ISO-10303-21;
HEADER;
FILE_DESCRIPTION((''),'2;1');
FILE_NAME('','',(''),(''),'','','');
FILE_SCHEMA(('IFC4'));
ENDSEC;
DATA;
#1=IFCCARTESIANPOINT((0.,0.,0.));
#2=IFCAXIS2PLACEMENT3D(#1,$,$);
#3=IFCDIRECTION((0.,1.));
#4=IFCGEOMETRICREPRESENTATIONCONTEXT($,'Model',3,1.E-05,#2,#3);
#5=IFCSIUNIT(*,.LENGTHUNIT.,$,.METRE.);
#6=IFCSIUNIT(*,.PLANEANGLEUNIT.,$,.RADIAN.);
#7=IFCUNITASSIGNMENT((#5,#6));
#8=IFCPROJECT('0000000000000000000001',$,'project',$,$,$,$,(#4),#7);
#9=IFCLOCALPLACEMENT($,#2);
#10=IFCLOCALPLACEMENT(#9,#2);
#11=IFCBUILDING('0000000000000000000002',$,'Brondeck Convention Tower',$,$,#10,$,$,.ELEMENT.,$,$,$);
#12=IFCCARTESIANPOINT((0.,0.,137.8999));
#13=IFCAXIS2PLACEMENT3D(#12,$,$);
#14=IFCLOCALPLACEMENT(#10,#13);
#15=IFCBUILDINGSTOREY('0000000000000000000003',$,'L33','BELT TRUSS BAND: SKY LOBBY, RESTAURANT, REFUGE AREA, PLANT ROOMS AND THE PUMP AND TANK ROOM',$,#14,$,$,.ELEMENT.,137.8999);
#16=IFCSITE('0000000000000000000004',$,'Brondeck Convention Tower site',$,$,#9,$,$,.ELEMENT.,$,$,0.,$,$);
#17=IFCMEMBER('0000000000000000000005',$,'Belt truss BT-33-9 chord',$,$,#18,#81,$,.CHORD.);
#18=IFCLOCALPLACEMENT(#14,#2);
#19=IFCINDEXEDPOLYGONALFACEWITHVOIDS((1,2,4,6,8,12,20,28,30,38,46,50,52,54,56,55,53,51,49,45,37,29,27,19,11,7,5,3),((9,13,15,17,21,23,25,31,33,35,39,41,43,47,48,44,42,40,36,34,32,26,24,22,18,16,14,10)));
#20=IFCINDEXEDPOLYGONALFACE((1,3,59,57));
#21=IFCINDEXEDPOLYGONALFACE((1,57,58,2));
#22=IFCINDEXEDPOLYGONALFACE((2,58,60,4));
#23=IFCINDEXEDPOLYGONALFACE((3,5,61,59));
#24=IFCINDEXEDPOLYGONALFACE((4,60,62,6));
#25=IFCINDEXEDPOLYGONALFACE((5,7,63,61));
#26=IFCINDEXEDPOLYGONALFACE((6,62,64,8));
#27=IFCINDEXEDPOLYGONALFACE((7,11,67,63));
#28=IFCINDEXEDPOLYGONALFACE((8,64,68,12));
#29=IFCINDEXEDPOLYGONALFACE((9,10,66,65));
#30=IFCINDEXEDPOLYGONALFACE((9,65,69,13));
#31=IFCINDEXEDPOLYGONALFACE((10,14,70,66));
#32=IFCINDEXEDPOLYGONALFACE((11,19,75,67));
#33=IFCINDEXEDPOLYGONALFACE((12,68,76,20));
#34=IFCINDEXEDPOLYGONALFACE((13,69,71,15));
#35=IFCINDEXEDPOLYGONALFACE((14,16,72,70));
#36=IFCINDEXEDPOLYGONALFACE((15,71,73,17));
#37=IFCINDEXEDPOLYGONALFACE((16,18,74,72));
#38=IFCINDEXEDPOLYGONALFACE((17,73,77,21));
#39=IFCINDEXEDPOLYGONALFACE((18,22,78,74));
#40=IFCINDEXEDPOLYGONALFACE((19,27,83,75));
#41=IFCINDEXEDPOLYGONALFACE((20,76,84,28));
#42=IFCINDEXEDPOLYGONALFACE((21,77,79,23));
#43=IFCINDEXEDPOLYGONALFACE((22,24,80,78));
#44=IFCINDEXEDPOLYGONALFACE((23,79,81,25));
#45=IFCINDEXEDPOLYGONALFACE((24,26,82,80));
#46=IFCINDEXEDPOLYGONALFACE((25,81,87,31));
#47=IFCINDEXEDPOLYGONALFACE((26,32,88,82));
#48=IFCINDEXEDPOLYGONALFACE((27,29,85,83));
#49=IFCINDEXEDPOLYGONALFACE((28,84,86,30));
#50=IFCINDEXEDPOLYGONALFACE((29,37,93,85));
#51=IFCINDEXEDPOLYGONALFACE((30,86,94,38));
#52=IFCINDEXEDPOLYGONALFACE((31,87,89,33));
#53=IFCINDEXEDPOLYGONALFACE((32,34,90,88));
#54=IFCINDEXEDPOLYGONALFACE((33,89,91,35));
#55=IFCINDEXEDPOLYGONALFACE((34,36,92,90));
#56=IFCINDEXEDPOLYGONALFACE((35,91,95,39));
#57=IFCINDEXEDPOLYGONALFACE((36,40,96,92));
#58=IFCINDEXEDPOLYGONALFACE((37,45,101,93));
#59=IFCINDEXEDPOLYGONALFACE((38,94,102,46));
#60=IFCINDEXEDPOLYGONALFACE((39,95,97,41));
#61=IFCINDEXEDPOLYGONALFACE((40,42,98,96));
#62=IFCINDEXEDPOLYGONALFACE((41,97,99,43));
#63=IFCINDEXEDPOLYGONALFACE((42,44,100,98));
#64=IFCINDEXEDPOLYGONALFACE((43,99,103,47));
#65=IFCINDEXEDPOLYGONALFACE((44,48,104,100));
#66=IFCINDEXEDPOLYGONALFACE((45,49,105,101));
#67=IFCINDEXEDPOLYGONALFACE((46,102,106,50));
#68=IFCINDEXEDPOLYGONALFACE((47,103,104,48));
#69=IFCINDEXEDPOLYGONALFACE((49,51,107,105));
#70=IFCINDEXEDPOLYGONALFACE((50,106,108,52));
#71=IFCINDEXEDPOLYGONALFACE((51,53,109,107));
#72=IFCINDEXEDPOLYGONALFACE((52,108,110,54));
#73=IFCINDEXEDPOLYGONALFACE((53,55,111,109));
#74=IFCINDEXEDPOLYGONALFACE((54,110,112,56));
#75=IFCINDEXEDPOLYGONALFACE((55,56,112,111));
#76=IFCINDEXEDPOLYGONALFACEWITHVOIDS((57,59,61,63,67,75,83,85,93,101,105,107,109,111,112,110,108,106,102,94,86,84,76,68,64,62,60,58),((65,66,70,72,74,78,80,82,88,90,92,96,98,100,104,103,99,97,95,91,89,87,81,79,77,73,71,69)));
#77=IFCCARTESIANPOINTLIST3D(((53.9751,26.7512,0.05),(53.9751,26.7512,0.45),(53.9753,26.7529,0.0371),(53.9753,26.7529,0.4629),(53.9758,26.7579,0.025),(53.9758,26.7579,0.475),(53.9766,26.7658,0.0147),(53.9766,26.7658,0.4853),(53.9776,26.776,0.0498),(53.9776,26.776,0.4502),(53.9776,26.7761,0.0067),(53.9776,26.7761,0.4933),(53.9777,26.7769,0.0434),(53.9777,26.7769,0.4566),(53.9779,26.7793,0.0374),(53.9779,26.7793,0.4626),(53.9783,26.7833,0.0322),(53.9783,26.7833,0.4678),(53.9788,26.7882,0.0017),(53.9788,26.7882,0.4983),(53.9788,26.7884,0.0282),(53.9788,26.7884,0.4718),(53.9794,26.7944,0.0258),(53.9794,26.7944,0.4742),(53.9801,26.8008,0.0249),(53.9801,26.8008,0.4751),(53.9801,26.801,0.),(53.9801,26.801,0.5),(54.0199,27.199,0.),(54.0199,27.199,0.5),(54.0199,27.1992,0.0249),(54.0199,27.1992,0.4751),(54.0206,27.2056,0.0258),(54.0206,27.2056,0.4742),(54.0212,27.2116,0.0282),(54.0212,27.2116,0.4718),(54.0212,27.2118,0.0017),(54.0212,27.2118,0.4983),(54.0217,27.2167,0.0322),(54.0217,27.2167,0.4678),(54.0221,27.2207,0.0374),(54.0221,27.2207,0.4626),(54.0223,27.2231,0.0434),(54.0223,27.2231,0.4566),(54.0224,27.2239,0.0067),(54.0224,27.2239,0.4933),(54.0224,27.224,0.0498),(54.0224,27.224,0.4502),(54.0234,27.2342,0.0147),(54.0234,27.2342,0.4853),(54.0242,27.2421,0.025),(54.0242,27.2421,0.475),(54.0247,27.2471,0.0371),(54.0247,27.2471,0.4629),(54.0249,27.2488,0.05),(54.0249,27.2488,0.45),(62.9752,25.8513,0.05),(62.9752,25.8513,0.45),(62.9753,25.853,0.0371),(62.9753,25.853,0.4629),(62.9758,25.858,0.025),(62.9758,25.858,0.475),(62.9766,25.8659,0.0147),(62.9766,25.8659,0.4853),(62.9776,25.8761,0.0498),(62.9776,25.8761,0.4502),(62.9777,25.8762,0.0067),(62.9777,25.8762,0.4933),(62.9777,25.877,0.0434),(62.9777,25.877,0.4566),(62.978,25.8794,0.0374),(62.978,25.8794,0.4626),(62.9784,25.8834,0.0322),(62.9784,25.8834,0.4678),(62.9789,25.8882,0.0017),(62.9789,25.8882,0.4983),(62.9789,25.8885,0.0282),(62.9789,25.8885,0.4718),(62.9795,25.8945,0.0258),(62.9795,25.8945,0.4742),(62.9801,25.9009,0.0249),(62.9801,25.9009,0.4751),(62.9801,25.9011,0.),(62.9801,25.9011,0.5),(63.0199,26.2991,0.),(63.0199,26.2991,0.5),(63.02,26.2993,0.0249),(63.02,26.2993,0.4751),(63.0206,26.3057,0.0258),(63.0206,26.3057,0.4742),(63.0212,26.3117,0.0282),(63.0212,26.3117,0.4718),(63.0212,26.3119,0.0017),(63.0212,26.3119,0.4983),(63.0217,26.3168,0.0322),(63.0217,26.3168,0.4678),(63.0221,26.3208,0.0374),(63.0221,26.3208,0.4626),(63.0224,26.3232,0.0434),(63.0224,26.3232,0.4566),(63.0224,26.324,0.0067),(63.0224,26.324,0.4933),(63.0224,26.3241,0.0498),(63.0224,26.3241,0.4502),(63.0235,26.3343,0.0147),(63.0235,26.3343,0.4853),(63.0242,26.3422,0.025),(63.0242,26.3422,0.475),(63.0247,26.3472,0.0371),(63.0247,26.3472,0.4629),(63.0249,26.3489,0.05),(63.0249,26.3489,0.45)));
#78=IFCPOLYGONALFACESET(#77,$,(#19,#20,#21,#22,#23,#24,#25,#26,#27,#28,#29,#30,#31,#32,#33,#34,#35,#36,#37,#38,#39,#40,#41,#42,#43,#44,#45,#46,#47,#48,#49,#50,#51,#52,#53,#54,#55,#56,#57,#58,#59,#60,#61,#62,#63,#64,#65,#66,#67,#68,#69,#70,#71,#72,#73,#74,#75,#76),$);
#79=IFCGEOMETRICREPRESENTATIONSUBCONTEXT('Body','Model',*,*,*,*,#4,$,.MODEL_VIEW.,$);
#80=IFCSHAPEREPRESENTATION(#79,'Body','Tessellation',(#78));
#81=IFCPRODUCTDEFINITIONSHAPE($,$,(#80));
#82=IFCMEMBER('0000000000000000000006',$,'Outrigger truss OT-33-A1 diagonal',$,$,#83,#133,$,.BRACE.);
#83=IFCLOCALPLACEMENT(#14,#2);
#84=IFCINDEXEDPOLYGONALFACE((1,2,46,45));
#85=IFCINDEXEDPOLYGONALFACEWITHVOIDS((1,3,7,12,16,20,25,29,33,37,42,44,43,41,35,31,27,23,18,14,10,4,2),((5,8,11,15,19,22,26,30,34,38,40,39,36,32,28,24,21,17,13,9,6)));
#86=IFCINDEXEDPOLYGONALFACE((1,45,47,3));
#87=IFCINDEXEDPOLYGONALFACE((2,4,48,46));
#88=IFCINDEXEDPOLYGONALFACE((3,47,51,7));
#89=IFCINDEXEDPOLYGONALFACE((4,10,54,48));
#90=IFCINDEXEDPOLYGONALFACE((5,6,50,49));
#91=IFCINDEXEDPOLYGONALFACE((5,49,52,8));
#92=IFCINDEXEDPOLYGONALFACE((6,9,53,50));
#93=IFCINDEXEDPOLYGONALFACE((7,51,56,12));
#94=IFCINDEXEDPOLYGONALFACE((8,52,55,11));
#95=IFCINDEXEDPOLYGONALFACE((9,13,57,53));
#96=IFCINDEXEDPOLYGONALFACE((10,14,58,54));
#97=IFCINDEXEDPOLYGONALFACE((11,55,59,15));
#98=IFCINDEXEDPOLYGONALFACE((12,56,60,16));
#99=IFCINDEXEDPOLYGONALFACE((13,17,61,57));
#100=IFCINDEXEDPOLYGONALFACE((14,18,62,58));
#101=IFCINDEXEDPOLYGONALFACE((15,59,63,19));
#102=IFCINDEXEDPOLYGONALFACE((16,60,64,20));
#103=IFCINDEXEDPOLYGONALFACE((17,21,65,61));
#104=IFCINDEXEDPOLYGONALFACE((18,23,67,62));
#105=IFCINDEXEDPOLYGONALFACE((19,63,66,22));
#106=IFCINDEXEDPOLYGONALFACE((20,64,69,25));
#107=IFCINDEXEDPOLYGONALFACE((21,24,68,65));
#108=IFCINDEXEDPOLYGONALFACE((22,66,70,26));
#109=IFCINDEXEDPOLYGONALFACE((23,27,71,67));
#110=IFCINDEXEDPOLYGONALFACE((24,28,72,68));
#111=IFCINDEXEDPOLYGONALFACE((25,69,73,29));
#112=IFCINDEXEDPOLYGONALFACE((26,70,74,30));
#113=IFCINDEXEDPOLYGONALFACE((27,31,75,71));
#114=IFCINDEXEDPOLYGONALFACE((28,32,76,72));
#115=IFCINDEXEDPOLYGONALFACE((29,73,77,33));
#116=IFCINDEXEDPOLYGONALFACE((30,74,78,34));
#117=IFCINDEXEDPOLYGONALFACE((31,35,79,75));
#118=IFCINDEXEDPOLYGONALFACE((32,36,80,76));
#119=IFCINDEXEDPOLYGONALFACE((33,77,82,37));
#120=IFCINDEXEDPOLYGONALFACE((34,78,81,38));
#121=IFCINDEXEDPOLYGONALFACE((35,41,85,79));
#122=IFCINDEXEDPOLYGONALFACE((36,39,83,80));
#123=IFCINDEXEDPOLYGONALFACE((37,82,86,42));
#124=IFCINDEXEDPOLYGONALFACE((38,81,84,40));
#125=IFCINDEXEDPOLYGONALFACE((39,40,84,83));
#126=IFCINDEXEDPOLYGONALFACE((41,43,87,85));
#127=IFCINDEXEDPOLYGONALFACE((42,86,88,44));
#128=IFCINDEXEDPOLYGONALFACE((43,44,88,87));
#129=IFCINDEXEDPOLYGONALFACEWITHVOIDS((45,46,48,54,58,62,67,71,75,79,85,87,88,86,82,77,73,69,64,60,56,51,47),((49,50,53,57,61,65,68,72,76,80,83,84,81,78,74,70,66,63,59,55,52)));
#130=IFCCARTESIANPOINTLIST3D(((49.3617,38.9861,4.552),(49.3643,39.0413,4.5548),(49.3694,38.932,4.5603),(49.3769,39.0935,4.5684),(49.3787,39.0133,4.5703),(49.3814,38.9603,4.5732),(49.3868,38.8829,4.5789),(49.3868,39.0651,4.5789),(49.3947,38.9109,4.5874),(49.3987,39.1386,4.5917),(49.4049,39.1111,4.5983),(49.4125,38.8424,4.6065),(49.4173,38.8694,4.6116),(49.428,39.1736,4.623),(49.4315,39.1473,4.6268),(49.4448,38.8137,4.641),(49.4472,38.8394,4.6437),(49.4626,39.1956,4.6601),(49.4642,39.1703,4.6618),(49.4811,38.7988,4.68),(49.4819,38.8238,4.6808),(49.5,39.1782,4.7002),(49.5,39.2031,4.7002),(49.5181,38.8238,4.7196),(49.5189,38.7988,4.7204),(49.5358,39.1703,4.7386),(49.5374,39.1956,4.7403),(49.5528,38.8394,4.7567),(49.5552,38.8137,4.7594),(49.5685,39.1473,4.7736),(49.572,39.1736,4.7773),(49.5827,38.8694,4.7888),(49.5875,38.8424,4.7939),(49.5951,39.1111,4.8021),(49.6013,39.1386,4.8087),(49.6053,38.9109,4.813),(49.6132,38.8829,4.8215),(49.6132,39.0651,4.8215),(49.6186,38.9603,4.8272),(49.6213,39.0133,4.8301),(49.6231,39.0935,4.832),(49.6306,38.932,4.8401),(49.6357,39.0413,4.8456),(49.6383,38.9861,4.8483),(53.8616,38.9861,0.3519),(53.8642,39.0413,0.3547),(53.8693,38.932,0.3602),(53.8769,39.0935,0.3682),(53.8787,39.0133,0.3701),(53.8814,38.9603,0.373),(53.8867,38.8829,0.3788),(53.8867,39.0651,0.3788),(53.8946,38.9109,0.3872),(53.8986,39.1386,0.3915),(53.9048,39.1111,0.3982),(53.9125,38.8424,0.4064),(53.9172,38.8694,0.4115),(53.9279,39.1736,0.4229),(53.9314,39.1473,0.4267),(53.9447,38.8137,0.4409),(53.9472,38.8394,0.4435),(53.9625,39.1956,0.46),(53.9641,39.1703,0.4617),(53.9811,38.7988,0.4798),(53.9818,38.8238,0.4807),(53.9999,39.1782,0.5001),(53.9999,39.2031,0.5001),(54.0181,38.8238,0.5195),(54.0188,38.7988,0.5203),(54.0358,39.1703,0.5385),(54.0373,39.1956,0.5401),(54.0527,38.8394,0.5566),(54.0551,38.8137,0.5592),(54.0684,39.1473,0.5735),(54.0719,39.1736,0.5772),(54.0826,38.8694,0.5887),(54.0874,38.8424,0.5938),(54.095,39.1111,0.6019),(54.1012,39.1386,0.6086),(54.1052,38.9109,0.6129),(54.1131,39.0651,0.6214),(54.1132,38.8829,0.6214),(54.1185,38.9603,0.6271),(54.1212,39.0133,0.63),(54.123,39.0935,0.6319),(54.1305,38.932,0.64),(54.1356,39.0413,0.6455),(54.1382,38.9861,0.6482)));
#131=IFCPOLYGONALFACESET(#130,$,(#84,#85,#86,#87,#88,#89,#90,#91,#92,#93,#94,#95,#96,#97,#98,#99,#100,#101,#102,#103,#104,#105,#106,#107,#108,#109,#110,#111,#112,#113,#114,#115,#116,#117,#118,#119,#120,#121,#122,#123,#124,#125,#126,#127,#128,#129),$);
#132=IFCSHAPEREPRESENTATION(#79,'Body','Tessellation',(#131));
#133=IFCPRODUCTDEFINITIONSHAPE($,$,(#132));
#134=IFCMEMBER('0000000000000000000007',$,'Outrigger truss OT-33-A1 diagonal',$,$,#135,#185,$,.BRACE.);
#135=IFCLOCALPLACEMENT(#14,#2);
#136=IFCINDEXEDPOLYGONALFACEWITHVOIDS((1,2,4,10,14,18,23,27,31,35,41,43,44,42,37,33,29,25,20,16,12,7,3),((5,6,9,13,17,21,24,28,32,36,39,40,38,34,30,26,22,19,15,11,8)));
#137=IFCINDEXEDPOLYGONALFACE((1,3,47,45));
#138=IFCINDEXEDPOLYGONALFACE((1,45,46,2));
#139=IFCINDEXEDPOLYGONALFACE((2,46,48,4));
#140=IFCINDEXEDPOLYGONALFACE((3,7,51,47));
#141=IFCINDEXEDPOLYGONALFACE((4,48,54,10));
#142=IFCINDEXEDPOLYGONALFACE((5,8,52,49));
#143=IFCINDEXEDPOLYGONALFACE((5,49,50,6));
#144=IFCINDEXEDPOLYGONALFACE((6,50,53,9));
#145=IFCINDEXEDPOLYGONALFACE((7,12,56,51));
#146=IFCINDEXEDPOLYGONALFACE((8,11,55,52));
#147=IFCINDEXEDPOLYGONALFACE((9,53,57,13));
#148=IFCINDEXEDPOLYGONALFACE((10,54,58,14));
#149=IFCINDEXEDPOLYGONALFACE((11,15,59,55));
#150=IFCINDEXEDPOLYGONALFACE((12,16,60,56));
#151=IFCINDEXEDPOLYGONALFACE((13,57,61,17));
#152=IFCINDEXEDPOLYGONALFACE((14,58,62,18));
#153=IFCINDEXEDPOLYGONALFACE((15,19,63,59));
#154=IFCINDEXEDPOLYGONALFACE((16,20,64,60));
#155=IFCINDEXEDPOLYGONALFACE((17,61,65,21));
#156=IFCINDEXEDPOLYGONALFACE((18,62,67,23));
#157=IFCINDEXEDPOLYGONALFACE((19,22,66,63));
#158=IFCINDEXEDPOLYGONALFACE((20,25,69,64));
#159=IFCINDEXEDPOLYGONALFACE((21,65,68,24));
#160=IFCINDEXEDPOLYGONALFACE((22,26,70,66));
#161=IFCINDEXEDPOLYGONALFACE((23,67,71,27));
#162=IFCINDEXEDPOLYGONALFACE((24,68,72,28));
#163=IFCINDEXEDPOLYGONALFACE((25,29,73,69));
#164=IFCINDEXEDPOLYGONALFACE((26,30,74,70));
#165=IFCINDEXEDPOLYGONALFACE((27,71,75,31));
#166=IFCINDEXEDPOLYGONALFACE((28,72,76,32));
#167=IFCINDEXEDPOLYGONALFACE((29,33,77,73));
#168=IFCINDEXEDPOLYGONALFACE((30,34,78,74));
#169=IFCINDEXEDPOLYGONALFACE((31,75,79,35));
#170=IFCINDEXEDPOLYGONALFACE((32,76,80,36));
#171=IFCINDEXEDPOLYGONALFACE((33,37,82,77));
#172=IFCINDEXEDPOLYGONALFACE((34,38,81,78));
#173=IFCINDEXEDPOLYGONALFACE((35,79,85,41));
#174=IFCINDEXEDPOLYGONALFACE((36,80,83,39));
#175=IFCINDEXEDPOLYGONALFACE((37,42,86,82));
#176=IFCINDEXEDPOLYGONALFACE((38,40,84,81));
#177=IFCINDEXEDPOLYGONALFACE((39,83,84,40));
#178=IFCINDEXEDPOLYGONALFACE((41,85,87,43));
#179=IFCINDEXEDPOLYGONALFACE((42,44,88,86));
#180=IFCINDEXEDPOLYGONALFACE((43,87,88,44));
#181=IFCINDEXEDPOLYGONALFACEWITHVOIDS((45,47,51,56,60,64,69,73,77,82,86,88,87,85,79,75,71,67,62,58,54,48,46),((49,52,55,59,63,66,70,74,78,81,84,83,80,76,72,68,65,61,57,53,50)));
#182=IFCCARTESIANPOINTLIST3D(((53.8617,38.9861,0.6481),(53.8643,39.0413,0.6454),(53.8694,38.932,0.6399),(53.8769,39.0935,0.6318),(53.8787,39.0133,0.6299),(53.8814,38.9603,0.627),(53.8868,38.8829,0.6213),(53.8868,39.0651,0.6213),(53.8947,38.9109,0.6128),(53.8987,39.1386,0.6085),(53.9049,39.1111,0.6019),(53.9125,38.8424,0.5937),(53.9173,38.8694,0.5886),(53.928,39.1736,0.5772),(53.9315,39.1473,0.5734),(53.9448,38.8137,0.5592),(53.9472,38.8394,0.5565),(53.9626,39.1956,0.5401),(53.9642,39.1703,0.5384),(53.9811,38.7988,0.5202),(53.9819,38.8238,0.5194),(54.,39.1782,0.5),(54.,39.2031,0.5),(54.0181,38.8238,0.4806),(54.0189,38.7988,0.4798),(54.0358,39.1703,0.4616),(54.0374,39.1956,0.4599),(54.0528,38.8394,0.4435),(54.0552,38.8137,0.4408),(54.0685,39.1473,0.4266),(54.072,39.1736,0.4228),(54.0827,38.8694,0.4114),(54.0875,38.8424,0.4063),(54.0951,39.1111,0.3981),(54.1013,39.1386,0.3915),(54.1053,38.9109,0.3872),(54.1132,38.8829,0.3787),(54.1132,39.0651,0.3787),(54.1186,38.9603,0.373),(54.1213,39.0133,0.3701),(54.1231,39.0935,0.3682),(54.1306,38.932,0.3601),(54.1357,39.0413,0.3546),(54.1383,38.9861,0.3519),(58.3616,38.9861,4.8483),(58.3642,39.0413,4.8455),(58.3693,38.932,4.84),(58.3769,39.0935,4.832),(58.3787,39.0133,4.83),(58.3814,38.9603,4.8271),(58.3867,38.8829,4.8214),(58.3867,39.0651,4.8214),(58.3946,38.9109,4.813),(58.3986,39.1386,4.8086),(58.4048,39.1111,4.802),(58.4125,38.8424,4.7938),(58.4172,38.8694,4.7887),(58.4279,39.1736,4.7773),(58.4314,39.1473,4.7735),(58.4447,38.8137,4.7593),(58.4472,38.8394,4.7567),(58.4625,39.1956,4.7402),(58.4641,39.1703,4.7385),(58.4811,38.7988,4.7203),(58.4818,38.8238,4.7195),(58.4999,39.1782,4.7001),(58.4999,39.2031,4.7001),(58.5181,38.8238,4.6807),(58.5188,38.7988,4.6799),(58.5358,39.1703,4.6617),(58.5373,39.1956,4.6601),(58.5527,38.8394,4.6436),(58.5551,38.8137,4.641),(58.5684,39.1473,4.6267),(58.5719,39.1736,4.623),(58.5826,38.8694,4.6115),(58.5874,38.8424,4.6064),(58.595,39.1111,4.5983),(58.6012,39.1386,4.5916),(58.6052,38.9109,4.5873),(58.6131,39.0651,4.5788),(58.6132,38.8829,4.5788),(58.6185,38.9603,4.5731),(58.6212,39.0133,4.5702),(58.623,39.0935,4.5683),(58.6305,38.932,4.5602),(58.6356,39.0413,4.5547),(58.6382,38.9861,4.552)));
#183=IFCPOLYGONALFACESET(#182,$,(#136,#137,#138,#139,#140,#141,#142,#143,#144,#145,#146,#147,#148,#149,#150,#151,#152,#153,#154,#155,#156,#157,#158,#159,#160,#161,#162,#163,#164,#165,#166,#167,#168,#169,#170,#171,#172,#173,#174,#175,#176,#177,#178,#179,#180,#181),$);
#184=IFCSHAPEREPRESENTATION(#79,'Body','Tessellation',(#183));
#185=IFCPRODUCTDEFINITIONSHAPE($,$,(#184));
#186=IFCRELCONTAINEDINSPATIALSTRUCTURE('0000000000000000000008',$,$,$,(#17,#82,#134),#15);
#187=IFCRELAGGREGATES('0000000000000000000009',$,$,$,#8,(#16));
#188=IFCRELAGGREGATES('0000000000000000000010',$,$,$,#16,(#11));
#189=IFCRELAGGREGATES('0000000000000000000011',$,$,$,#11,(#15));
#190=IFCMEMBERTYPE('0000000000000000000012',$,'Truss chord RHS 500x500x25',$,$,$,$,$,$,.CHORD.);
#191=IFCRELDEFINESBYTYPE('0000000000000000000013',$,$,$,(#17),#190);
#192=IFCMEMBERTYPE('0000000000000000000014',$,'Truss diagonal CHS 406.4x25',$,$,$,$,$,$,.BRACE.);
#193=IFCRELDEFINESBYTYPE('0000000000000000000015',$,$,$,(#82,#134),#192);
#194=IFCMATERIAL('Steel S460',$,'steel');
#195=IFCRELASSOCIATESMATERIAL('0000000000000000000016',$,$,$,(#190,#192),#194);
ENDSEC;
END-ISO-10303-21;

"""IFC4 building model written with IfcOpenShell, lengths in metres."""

from ifc_helpers import new_model, si_unit, direction, frame, origin, origin_2d, place, context, subcontext, project, spatial, hollow_rectangle, hollow_circle, extrude, material, material_profile, profile_set, type_object, element, save


model = new_model("IFC4")

# Units and contexts
model_context = context("Model", 3, precision=1e-05, world=origin(), true_north=direction((0.0, 1.0)))
body_context = subcontext(model_context, "Body", "Model", "MODEL_VIEW")
ifc_project = project(units=[si_unit("LENGTHUNIT", "METRE"), si_unit("PLANEANGLEUNIT", "RADIAN")], contexts=[model_context])

# Site, building, storey
site_placement = place(None, origin())
site = spatial("IfcSite", under=ifc_project, at=site_placement, Name="Brondeck Convention Tower site", CompositionType="ELEMENT", RefElevation=0.0)
building_placement = place(site_placement, origin())
building = spatial("IfcBuilding", under=site, at=building_placement, Name="Brondeck Convention Tower", CompositionType="ELEMENT")
storey_placement = place(building_placement, frame((0.0, 0.0, 137.8999)))
storey = spatial("IfcBuildingStorey", under=building, at=storey_placement, Name="L33", Description="BELT TRUSS BAND: SKY LOBBY, RESTAURANT, REFUGE AREA, PLANT ROOMS AND THE PUMP AND TANK ROOM", CompositionType="ELEMENT", Elevation=137.8999)

# Shared definitions
ifc_material_1 = material(Name="Steel S460", Category="steel")

# Members
ifc_material_profile_1 = material_profile(ifc_material_1, hollow_rectangle(XDim=0.5, YDim=0.5, WallThickness=0.0249, InnerFilletRadius=0.0249, OuterFilletRadius=0.05, at=origin_2d()), Name="RHS 500x500x25")
ifc_profile_set_1 = profile_set([ifc_material_profile_1], Name="Steel S460")
member_type_1 = type_object("IfcMemberType", Name="Truss chord RHS 500x500x25", PredefinedType="CHORD", material=ifc_profile_set_1)
member_1_placement = place(storey_placement, frame((54.0, 27.0, 0.25), z_axis=(0.995038, -0.099493, 0.0), x_axis=(0.099493, 0.995038, 0.0)))
element("IfcMember", 1, at=member_1_placement, inside=storey, type_object=member_type_1, Name="Belt truss BT-33-9 chord", PredefinedType="CHORD", context=body_context, shape_type="SweptSolid", body=[
    extrude(hollow_rectangle(XDim=0.5, YDim=0.5, WallThickness=0.0249, InnerFilletRadius=0.0249, OuterFilletRadius=0.05, at=origin_2d()), origin(), (0.0, 0.0, 1.0), 9.0449),
])
ifc_material_profile_2 = material_profile(ifc_material_1, hollow_circle(Radius=0.2031, WallThickness=0.0249, at=origin_2d()), Name="CHS 406.4x25")
ifc_profile_set_2 = profile_set([ifc_material_profile_2], Name="Steel S460")
member_type_2 = type_object("IfcMemberType", Name="Truss diagonal CHS 406.4x25", PredefinedType="BRACE", material=ifc_profile_set_2)
for number, where, z_axis, x_axis, name in (
    (2, (49.5, 39.0, 4.7002), (0.731039, 0.0, -0.682335), (0.0, 1.0, 0.0), "Outrigger truss OT-33-A1 diagonal"),
    (3, (54.0, 39.0, 0.5), (0.731039, 0.0, 0.682335), (0.0, 1.0, 0.0), "Outrigger truss OT-33-A1 diagonal"),
):
    element("IfcMember", number, at=place(storey_placement, frame(where, z_axis=z_axis, x_axis=x_axis)), inside=storey, type_object=member_type_2, Name=name, PredefinedType="BRACE", context=body_context, shape_type="SweptSolid", body=[
        extrude(hollow_circle(Radius=0.2031, WallThickness=0.0249, at=origin_2d()), origin(), (0.0, 0.0, 1.0), 6.1555),
    ])

save(model, "model.ifc")
